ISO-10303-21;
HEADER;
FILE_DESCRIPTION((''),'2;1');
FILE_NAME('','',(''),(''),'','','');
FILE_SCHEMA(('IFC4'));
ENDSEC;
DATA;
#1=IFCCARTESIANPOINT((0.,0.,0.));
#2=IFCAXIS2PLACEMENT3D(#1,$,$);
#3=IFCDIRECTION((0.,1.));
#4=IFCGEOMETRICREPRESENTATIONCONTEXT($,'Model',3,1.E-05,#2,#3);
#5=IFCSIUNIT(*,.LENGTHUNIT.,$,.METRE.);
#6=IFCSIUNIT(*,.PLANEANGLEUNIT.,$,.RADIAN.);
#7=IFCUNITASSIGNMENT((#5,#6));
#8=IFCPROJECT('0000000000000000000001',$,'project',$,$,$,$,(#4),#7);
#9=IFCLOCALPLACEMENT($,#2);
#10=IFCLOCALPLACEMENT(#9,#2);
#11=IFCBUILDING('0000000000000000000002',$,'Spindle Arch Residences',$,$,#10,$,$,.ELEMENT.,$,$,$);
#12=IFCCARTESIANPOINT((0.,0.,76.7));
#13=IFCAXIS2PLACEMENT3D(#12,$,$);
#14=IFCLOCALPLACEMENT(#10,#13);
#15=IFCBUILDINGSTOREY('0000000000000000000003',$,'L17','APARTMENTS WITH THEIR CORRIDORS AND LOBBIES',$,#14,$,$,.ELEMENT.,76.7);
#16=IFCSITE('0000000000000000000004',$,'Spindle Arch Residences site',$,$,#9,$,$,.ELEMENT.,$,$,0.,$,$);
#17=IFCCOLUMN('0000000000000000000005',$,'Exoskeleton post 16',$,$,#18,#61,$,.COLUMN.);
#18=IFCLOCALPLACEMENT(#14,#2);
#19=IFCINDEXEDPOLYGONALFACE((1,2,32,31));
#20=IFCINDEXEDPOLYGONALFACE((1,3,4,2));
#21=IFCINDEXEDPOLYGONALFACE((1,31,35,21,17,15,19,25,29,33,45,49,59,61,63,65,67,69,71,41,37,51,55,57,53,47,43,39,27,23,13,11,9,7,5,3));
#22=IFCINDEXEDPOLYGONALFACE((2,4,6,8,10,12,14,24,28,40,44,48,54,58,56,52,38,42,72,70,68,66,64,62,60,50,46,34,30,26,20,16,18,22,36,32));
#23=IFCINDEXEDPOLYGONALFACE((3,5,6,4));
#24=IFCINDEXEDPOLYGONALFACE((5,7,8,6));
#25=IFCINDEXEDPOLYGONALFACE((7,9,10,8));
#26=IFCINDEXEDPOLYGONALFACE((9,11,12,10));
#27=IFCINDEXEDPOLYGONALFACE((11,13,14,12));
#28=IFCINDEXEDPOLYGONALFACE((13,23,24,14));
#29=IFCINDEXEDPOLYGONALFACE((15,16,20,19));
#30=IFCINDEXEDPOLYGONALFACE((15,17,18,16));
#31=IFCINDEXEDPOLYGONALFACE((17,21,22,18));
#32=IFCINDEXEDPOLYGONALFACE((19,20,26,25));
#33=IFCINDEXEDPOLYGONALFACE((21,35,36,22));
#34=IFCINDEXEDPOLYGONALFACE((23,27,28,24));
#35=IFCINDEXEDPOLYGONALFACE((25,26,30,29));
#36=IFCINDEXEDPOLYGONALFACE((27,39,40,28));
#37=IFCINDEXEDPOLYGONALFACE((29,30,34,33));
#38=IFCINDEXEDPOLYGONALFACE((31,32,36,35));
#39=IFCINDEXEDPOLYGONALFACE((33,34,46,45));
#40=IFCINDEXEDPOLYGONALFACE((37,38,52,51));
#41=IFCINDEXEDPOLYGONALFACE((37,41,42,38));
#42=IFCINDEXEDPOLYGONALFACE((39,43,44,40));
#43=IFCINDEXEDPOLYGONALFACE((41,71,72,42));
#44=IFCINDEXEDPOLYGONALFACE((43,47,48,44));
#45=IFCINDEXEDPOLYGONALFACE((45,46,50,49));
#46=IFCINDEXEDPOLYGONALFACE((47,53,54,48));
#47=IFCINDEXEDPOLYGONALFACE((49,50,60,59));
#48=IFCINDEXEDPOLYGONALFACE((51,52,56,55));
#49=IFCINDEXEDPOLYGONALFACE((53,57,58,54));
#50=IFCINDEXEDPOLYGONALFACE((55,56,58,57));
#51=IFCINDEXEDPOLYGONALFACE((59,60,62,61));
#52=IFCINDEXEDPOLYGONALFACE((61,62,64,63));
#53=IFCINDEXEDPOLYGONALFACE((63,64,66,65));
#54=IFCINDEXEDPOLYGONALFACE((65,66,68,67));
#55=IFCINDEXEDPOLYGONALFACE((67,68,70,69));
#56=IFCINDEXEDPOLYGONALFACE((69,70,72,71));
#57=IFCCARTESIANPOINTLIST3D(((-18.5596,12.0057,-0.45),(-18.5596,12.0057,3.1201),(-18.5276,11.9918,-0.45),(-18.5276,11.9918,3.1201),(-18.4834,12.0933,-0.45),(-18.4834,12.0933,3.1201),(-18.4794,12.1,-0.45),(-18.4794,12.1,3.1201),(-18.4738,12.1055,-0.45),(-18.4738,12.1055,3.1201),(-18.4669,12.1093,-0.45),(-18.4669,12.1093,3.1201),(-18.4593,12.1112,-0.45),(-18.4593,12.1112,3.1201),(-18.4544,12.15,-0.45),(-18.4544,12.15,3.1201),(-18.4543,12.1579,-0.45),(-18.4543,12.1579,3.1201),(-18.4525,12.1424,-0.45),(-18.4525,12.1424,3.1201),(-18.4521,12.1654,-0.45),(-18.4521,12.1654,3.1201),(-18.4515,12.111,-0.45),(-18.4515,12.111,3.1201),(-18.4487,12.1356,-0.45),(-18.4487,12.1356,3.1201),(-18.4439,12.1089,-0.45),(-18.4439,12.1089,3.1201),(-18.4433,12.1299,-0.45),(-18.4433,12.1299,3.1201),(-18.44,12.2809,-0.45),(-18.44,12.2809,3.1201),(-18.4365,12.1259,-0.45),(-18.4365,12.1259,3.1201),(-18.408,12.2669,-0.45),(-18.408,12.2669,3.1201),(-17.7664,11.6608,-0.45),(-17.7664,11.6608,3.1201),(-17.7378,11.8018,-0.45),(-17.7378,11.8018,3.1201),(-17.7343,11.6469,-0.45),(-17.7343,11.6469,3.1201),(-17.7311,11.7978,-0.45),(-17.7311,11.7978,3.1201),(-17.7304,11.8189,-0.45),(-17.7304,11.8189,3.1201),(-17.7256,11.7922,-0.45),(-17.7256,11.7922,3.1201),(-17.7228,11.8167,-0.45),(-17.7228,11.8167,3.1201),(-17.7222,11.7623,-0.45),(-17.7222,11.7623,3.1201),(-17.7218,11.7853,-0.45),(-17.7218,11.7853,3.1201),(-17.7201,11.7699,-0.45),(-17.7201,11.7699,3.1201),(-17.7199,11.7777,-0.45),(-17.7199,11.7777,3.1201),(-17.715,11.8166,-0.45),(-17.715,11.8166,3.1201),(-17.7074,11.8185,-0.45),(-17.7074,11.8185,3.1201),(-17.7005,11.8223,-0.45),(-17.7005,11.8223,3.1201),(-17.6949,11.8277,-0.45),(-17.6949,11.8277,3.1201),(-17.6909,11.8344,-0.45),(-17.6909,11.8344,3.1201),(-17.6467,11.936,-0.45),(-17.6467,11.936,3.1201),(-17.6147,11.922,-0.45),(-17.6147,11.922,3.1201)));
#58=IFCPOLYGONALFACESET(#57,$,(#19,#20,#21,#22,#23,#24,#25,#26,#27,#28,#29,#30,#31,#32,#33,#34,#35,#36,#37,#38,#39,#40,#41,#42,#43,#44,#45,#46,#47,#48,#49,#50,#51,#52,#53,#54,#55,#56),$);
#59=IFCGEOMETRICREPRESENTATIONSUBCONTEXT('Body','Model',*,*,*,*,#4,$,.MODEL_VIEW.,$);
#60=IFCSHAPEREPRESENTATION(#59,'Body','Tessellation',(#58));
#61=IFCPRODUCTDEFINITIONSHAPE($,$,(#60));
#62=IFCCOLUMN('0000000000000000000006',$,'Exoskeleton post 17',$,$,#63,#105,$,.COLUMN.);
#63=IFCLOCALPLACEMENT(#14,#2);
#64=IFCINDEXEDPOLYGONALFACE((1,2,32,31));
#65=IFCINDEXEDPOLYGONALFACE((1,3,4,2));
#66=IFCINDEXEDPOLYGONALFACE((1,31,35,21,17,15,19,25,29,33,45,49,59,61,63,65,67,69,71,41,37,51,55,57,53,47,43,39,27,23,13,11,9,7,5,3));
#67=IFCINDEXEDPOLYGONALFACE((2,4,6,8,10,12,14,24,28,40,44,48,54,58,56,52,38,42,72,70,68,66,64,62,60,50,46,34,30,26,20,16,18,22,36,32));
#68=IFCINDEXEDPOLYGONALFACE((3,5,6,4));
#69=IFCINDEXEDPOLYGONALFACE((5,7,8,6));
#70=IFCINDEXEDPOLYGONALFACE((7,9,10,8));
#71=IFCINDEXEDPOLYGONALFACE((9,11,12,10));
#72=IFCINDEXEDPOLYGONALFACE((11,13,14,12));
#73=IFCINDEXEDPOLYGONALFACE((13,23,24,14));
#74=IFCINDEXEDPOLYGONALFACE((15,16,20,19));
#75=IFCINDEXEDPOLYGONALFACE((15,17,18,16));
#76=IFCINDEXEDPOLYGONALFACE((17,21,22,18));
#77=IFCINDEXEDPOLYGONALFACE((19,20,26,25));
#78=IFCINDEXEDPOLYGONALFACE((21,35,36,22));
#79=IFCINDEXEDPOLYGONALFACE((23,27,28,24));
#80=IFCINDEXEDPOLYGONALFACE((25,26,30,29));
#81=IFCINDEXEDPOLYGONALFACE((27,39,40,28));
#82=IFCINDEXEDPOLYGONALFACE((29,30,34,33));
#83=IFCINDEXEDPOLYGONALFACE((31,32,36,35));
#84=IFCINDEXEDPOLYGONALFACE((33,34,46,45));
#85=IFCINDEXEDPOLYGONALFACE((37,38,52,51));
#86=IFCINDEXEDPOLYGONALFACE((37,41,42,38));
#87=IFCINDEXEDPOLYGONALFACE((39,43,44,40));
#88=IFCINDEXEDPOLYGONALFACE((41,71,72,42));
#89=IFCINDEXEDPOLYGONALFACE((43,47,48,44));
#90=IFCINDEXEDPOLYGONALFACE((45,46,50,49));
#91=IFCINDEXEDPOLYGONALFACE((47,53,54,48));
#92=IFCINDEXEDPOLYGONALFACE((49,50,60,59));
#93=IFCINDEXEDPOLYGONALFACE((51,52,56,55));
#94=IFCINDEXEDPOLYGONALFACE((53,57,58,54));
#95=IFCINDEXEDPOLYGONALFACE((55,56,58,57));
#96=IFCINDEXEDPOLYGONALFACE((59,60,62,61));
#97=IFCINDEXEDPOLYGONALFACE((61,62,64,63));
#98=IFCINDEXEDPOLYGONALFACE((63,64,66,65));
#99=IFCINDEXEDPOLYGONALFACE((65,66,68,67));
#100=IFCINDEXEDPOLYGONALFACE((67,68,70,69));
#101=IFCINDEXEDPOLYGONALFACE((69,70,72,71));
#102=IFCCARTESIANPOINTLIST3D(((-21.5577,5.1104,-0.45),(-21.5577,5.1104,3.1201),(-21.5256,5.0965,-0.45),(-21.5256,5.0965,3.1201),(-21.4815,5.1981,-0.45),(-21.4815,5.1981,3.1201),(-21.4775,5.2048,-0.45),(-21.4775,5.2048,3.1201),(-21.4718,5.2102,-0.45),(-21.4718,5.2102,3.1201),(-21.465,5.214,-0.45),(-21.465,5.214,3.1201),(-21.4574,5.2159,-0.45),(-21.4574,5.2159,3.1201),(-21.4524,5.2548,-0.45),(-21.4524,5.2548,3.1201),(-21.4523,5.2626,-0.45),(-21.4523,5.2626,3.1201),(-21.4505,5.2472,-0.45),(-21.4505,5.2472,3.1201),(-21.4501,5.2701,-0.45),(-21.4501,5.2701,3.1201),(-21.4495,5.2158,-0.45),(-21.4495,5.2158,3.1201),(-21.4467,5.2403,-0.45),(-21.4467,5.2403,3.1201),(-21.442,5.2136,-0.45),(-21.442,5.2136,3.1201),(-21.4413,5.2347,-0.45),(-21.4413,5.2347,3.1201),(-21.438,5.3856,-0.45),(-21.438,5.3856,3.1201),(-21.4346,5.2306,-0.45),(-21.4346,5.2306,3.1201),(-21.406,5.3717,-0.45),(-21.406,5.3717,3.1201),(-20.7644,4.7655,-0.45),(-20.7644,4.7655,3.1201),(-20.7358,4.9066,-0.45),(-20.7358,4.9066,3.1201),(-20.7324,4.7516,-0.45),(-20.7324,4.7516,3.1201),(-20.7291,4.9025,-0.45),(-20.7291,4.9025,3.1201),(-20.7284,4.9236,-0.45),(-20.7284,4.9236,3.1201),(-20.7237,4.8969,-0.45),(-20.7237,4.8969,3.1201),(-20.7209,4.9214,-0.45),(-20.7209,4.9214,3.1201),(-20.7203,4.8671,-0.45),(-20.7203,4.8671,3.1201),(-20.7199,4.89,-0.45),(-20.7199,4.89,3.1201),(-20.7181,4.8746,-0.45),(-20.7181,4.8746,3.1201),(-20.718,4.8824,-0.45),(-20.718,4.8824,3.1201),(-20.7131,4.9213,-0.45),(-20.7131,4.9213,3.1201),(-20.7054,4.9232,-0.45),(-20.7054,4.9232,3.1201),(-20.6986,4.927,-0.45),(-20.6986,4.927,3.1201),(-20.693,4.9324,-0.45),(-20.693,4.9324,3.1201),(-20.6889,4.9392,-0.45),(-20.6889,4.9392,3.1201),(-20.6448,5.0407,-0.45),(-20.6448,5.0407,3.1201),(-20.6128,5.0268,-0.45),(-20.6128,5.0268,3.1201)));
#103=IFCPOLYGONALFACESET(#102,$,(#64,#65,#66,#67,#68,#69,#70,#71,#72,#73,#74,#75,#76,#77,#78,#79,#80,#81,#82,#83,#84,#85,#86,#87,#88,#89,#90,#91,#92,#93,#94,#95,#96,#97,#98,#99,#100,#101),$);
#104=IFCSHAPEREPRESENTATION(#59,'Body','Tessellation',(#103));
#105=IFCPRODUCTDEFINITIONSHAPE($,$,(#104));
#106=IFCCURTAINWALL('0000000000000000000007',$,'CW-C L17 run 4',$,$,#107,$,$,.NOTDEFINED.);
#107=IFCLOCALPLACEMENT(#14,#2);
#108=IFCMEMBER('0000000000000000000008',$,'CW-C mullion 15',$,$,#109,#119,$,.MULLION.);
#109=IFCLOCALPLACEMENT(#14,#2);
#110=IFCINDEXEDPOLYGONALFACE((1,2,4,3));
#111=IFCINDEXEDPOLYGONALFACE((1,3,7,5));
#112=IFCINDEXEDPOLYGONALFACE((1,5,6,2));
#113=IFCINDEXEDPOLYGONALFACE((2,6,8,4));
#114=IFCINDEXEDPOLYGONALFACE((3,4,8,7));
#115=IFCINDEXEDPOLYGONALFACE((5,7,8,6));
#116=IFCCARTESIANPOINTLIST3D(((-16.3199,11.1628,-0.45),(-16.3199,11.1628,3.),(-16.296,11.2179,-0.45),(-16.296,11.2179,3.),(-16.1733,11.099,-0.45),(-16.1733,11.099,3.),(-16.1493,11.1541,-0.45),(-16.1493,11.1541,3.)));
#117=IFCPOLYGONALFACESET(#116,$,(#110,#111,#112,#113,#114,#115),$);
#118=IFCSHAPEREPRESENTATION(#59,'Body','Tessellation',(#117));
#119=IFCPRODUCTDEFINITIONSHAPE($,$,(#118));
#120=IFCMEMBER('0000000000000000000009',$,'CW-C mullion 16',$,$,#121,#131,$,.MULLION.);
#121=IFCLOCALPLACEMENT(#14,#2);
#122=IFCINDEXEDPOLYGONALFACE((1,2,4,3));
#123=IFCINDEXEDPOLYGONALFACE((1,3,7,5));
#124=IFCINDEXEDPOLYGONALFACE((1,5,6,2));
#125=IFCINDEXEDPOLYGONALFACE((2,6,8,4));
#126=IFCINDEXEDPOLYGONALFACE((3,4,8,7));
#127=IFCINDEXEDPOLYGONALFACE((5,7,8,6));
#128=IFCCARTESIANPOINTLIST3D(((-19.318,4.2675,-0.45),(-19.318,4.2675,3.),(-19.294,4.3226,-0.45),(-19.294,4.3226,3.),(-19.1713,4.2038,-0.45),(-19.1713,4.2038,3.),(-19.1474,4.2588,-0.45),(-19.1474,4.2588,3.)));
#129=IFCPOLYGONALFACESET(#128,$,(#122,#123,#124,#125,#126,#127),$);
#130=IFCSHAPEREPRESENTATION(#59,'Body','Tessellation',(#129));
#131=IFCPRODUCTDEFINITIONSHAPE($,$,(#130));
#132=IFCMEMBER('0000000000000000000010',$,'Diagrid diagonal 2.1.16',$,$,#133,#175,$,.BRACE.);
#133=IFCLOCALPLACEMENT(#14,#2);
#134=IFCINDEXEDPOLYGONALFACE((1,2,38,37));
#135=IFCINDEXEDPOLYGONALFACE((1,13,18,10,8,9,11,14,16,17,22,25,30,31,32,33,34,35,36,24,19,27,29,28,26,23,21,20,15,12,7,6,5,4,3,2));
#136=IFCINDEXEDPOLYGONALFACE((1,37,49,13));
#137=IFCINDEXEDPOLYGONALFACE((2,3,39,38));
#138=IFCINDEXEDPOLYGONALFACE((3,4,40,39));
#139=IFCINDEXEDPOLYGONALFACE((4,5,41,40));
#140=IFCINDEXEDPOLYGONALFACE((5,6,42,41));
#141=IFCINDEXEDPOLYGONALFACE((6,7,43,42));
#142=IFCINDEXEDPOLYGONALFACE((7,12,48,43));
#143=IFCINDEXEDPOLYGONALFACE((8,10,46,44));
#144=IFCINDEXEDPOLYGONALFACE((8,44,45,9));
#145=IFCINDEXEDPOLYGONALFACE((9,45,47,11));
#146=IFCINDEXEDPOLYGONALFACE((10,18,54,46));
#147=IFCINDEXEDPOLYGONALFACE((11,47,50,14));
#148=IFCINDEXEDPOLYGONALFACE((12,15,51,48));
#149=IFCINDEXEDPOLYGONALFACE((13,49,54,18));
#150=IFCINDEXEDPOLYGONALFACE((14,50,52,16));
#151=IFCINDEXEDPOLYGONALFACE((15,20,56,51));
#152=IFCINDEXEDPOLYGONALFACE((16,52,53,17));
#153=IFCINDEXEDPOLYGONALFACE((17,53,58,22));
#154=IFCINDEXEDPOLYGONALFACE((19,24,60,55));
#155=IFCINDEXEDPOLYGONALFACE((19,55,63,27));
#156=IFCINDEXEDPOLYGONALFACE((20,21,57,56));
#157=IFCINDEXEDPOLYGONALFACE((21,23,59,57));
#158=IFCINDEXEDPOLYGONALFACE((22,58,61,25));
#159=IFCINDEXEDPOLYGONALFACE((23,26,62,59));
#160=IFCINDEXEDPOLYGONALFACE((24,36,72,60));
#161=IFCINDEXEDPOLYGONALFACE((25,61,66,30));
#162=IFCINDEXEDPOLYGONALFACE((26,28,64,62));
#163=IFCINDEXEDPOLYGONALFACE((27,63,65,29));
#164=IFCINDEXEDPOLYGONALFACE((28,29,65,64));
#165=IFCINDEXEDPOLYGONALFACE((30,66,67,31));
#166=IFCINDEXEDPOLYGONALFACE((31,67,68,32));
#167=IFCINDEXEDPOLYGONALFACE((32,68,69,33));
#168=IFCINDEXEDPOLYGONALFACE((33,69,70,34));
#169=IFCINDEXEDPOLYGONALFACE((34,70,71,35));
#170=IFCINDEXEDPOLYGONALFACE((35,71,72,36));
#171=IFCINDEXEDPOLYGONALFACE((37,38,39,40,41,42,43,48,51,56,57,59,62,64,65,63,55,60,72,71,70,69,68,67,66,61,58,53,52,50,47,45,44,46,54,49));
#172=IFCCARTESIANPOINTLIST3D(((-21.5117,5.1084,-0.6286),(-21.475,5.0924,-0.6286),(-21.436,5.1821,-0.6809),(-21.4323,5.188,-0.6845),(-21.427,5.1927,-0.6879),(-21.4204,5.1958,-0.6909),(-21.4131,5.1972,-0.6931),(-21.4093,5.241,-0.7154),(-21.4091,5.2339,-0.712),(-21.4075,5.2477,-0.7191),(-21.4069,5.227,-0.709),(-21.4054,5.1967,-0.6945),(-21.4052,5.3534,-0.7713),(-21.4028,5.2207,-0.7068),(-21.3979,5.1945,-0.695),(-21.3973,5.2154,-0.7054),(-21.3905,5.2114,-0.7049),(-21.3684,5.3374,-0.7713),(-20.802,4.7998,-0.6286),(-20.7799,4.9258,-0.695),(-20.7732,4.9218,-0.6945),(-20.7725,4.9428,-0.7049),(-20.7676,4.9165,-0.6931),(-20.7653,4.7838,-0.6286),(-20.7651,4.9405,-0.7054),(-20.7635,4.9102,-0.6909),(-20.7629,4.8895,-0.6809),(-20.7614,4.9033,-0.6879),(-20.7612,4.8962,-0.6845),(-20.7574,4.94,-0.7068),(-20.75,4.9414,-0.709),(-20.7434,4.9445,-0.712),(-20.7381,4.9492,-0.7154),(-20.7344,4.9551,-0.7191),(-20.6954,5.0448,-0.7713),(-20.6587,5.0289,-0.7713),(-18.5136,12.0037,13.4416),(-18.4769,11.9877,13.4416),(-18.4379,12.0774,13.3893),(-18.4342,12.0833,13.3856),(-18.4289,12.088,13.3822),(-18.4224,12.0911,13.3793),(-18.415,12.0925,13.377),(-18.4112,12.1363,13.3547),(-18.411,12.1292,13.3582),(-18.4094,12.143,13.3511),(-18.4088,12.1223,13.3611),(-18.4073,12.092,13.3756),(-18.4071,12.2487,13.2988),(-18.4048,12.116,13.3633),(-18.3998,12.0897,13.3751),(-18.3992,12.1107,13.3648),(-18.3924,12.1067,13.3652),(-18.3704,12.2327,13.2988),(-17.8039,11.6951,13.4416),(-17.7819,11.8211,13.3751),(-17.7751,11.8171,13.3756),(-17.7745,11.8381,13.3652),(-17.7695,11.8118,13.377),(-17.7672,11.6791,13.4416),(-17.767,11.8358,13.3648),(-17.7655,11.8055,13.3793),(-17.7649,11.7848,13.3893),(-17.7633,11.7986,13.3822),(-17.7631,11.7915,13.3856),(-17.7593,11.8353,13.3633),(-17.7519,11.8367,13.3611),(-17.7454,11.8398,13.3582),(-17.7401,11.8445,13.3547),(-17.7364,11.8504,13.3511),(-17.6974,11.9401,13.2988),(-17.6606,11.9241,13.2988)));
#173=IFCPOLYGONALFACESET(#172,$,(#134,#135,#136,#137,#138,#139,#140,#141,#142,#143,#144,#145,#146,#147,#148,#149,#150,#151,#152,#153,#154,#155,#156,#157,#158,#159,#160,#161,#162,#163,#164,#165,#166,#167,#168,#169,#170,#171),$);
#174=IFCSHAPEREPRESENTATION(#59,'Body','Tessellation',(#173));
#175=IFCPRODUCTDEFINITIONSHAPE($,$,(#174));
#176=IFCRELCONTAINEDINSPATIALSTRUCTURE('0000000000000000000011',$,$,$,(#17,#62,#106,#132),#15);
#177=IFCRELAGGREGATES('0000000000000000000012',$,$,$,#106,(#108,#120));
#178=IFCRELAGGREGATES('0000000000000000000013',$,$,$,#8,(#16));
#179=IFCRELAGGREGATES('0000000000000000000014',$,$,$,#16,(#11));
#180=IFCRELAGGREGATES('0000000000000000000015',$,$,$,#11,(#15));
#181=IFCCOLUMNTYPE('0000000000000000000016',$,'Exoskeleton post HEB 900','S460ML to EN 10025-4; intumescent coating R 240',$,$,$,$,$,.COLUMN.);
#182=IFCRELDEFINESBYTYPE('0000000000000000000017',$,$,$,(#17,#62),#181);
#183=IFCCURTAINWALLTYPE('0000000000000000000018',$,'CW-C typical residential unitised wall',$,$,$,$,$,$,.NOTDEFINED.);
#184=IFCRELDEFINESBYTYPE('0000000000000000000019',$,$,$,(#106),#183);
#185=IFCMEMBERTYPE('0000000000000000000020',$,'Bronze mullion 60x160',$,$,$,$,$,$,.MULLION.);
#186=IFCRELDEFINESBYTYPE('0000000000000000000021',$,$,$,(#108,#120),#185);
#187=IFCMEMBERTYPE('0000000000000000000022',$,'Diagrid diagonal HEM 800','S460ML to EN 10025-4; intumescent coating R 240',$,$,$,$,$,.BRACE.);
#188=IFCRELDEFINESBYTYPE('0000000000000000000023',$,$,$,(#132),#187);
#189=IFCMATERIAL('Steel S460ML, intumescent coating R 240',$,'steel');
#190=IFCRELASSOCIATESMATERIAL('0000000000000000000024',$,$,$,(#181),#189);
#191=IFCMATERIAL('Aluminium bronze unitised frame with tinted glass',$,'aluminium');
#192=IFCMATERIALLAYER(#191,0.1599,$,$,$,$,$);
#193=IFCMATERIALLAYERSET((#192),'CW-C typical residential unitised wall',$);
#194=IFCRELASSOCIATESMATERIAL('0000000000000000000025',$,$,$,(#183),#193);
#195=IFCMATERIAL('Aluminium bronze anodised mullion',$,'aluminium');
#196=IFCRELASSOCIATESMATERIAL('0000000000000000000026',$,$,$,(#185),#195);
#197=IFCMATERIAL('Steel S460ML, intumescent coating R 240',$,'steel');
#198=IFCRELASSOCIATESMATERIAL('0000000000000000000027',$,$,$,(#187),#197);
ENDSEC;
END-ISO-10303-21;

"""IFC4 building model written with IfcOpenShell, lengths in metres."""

from ifc_helpers import new_model, si_unit, direction, frame, origin, origin_2d, place, context, subcontext, project, spatial, rectangle, i_section, extrude, material, layer, layer_set, material_profile, profile_set, type_object, element, aggregate, save


model = new_model("IFC4")

# Units and contexts
model_context = context("Model", 3, precision=1e-05, world=origin(), true_north=direction((0.0, 1.0)))
body_context = subcontext(model_context, "Body", "Model", "MODEL_VIEW")
ifc_project = project(units=[si_unit("LENGTHUNIT", "METRE"), si_unit("PLANEANGLEUNIT", "RADIAN")], contexts=[model_context])

# Site, building, storey
site_placement = place(None, origin())
site = spatial("IfcSite", under=ifc_project, at=site_placement, Name="Spindle Arch Residences site", CompositionType="ELEMENT", RefElevation=0.0)
building_placement = place(site_placement, origin())
building = spatial("IfcBuilding", under=site, at=building_placement, Name="Spindle Arch Residences", CompositionType="ELEMENT")
storey_placement = place(building_placement, frame((0.0, 0.0, 76.7)))
storey = spatial("IfcBuildingStorey", under=building, at=storey_placement, Name="L17", Description="APARTMENTS WITH THEIR CORRIDORS AND LOBBIES", CompositionType="ELEMENT", Elevation=76.7)

# Columns
ifc_material_1 = material(Name="Steel S460ML, intumescent coating R 240", Category="steel")
ifc_material_profile_1 = material_profile(ifc_material_1, i_section(OverallWidth=0.3, OverallDepth=0.8999, WebThickness=0.0186, FlangeThickness=0.0349, FilletRadius=0.03, at=origin_2d()), Name="HEB 900")
ifc_profile_set_1 = profile_set([ifc_material_profile_1], Name="Steel S460ML, intumescent coating R 240")
column_type = type_object("IfcColumnType", Name="Exoskeleton post HEB 900", Description="S460ML to EN 10025-4; intumescent coating R 240", PredefinedType="COLUMN", material=ifc_profile_set_1)
for number, where, z_axis, x_axis, name in (
    (1, (-18.0872, 11.9639, -0.45), (0.0, 0.0, 1.0), (0.398749, 0.91706, 0.0), "Exoskeleton post 16"),
    (2, (-21.0852, 5.0686, -0.45), (0.0, 0.0, 1.0), (0.398749, 0.91706, 0.0), "Exoskeleton post 17"),
):
    element("IfcColumn", number, at=place(storey_placement, frame(where, z_axis=z_axis, x_axis=x_axis)), inside=storey, type_object=column_type, Name=name, PredefinedType="COLUMN", context=body_context, shape_type="SweptSolid", body=[
        extrude(i_section(OverallWidth=0.3, OverallDepth=0.8999, WebThickness=0.0186, FlangeThickness=0.0349, FilletRadius=0.03, at=origin_2d()), origin(), (0.0, 0.0, 1.0), 3.5701),
    ])

# Curtain wall, members
ifc_material_2 = material(Name="Aluminium bronze unitised frame with tinted glass", Category="aluminium")
ifc_layer_1 = layer(ifc_material_2, 0.1599)
ifc_layer_set_1 = layer_set([ifc_layer_1], Name="CW-C typical residential unitised wall")
curtain_wall_type = type_object("IfcCurtainWallType", Name="CW-C typical residential unitised wall", PredefinedType="NOTDEFINED", material=ifc_layer_set_1)
curtain_wall_placement = place(storey_placement, origin())
curtain_wall = element("IfcCurtainWall", 3, at=curtain_wall_placement, inside=storey, type_object=curtain_wall_type, Name="CW-C L17 run 4", PredefinedType="NOTDEFINED")
ifc_material_3 = material(Name="Aluminium bronze anodised mullion", Category="aluminium")
ifc_material_profile_2 = material_profile(ifc_material_3, rectangle(XDim=0.1599, YDim=0.0601, at=origin_2d()), Name="MU 60x160")
ifc_profile_set_2 = profile_set([ifc_material_profile_2], Name="Aluminium bronze anodised mullion")
member_type_1 = type_object("IfcMemberType", Name="Bronze mullion 60x160", PredefinedType="MULLION", material=ifc_profile_set_2)
member_1_placement = place(storey_placement, frame((-16.2346, 11.1584, -0.45), z_axis=(0.0, 0.0, 1.0), x_axis=(0.91706, -0.398749, 0.0)))
member_1 = element("IfcMember", 4, at=member_1_placement, type_object=member_type_1, Name="CW-C mullion 15", PredefinedType="MULLION", context=body_context, shape_type="SweptSolid", body=[
    extrude(rectangle(XDim=0.1599, YDim=0.0601, at=origin_2d()), origin(), (0.0, 0.0, 1.0), 3.45),
])
member_2_placement = place(storey_placement, frame((-19.2327, 4.2632, -0.45), z_axis=(0.0, 0.0, 1.0), x_axis=(0.91706, -0.398749, 0.0)))
member_2 = element("IfcMember", 5, at=member_2_placement, type_object=member_type_1, Name="CW-C mullion 16", PredefinedType="MULLION", context=body_context, shape_type="SweptSolid", body=[
    extrude(rectangle(XDim=0.1599, YDim=0.0601, at=origin_2d()), origin(), (0.0, 0.0, 1.0), 3.45),
])

# Member
ifc_material_4 = material(Name="Steel S460ML, intumescent coating R 240", Category="steel")
ifc_material_profile_3 = material_profile(ifc_material_4, i_section(OverallWidth=0.303, OverallDepth=0.814, WebThickness=0.021, FlangeThickness=0.04, FilletRadius=0.03, at=origin_2d()), Name="HEM 800")
ifc_profile_set_3 = profile_set([ifc_material_profile_3], Name="Steel S460ML, intumescent coating R 240")
member_type_2 = type_object("IfcMemberType", Name="Diagrid diagonal HEM 800", Description="S460ML to EN 10025-4; intumescent coating R 240", PredefinedType="BRACE", material=ifc_profile_set_3)
member_3_placement = place(storey_placement, frame((-21.0852, 5.0686, -0.7), z_axis=(0.187929, 0.432222, 0.881967), x_axis=(-0.351674, -0.808821, 0.47131)))
element("IfcMember", 6, at=member_3_placement, inside=storey, type_object=member_type_2, Name="Diagrid diagonal 2.1.16", PredefinedType="BRACE", context=body_context, shape_type="SweptSolid", body=[
    extrude(i_section(OverallWidth=0.303, OverallDepth=0.814, WebThickness=0.021, FlangeThickness=0.04, FilletRadius=0.03, at=origin_2d()), origin(), (0.0, 0.0, 1.0), 15.9531),
])

aggregate(curtain_wall, [member_1, member_2])

save(model, "model.ifc")
